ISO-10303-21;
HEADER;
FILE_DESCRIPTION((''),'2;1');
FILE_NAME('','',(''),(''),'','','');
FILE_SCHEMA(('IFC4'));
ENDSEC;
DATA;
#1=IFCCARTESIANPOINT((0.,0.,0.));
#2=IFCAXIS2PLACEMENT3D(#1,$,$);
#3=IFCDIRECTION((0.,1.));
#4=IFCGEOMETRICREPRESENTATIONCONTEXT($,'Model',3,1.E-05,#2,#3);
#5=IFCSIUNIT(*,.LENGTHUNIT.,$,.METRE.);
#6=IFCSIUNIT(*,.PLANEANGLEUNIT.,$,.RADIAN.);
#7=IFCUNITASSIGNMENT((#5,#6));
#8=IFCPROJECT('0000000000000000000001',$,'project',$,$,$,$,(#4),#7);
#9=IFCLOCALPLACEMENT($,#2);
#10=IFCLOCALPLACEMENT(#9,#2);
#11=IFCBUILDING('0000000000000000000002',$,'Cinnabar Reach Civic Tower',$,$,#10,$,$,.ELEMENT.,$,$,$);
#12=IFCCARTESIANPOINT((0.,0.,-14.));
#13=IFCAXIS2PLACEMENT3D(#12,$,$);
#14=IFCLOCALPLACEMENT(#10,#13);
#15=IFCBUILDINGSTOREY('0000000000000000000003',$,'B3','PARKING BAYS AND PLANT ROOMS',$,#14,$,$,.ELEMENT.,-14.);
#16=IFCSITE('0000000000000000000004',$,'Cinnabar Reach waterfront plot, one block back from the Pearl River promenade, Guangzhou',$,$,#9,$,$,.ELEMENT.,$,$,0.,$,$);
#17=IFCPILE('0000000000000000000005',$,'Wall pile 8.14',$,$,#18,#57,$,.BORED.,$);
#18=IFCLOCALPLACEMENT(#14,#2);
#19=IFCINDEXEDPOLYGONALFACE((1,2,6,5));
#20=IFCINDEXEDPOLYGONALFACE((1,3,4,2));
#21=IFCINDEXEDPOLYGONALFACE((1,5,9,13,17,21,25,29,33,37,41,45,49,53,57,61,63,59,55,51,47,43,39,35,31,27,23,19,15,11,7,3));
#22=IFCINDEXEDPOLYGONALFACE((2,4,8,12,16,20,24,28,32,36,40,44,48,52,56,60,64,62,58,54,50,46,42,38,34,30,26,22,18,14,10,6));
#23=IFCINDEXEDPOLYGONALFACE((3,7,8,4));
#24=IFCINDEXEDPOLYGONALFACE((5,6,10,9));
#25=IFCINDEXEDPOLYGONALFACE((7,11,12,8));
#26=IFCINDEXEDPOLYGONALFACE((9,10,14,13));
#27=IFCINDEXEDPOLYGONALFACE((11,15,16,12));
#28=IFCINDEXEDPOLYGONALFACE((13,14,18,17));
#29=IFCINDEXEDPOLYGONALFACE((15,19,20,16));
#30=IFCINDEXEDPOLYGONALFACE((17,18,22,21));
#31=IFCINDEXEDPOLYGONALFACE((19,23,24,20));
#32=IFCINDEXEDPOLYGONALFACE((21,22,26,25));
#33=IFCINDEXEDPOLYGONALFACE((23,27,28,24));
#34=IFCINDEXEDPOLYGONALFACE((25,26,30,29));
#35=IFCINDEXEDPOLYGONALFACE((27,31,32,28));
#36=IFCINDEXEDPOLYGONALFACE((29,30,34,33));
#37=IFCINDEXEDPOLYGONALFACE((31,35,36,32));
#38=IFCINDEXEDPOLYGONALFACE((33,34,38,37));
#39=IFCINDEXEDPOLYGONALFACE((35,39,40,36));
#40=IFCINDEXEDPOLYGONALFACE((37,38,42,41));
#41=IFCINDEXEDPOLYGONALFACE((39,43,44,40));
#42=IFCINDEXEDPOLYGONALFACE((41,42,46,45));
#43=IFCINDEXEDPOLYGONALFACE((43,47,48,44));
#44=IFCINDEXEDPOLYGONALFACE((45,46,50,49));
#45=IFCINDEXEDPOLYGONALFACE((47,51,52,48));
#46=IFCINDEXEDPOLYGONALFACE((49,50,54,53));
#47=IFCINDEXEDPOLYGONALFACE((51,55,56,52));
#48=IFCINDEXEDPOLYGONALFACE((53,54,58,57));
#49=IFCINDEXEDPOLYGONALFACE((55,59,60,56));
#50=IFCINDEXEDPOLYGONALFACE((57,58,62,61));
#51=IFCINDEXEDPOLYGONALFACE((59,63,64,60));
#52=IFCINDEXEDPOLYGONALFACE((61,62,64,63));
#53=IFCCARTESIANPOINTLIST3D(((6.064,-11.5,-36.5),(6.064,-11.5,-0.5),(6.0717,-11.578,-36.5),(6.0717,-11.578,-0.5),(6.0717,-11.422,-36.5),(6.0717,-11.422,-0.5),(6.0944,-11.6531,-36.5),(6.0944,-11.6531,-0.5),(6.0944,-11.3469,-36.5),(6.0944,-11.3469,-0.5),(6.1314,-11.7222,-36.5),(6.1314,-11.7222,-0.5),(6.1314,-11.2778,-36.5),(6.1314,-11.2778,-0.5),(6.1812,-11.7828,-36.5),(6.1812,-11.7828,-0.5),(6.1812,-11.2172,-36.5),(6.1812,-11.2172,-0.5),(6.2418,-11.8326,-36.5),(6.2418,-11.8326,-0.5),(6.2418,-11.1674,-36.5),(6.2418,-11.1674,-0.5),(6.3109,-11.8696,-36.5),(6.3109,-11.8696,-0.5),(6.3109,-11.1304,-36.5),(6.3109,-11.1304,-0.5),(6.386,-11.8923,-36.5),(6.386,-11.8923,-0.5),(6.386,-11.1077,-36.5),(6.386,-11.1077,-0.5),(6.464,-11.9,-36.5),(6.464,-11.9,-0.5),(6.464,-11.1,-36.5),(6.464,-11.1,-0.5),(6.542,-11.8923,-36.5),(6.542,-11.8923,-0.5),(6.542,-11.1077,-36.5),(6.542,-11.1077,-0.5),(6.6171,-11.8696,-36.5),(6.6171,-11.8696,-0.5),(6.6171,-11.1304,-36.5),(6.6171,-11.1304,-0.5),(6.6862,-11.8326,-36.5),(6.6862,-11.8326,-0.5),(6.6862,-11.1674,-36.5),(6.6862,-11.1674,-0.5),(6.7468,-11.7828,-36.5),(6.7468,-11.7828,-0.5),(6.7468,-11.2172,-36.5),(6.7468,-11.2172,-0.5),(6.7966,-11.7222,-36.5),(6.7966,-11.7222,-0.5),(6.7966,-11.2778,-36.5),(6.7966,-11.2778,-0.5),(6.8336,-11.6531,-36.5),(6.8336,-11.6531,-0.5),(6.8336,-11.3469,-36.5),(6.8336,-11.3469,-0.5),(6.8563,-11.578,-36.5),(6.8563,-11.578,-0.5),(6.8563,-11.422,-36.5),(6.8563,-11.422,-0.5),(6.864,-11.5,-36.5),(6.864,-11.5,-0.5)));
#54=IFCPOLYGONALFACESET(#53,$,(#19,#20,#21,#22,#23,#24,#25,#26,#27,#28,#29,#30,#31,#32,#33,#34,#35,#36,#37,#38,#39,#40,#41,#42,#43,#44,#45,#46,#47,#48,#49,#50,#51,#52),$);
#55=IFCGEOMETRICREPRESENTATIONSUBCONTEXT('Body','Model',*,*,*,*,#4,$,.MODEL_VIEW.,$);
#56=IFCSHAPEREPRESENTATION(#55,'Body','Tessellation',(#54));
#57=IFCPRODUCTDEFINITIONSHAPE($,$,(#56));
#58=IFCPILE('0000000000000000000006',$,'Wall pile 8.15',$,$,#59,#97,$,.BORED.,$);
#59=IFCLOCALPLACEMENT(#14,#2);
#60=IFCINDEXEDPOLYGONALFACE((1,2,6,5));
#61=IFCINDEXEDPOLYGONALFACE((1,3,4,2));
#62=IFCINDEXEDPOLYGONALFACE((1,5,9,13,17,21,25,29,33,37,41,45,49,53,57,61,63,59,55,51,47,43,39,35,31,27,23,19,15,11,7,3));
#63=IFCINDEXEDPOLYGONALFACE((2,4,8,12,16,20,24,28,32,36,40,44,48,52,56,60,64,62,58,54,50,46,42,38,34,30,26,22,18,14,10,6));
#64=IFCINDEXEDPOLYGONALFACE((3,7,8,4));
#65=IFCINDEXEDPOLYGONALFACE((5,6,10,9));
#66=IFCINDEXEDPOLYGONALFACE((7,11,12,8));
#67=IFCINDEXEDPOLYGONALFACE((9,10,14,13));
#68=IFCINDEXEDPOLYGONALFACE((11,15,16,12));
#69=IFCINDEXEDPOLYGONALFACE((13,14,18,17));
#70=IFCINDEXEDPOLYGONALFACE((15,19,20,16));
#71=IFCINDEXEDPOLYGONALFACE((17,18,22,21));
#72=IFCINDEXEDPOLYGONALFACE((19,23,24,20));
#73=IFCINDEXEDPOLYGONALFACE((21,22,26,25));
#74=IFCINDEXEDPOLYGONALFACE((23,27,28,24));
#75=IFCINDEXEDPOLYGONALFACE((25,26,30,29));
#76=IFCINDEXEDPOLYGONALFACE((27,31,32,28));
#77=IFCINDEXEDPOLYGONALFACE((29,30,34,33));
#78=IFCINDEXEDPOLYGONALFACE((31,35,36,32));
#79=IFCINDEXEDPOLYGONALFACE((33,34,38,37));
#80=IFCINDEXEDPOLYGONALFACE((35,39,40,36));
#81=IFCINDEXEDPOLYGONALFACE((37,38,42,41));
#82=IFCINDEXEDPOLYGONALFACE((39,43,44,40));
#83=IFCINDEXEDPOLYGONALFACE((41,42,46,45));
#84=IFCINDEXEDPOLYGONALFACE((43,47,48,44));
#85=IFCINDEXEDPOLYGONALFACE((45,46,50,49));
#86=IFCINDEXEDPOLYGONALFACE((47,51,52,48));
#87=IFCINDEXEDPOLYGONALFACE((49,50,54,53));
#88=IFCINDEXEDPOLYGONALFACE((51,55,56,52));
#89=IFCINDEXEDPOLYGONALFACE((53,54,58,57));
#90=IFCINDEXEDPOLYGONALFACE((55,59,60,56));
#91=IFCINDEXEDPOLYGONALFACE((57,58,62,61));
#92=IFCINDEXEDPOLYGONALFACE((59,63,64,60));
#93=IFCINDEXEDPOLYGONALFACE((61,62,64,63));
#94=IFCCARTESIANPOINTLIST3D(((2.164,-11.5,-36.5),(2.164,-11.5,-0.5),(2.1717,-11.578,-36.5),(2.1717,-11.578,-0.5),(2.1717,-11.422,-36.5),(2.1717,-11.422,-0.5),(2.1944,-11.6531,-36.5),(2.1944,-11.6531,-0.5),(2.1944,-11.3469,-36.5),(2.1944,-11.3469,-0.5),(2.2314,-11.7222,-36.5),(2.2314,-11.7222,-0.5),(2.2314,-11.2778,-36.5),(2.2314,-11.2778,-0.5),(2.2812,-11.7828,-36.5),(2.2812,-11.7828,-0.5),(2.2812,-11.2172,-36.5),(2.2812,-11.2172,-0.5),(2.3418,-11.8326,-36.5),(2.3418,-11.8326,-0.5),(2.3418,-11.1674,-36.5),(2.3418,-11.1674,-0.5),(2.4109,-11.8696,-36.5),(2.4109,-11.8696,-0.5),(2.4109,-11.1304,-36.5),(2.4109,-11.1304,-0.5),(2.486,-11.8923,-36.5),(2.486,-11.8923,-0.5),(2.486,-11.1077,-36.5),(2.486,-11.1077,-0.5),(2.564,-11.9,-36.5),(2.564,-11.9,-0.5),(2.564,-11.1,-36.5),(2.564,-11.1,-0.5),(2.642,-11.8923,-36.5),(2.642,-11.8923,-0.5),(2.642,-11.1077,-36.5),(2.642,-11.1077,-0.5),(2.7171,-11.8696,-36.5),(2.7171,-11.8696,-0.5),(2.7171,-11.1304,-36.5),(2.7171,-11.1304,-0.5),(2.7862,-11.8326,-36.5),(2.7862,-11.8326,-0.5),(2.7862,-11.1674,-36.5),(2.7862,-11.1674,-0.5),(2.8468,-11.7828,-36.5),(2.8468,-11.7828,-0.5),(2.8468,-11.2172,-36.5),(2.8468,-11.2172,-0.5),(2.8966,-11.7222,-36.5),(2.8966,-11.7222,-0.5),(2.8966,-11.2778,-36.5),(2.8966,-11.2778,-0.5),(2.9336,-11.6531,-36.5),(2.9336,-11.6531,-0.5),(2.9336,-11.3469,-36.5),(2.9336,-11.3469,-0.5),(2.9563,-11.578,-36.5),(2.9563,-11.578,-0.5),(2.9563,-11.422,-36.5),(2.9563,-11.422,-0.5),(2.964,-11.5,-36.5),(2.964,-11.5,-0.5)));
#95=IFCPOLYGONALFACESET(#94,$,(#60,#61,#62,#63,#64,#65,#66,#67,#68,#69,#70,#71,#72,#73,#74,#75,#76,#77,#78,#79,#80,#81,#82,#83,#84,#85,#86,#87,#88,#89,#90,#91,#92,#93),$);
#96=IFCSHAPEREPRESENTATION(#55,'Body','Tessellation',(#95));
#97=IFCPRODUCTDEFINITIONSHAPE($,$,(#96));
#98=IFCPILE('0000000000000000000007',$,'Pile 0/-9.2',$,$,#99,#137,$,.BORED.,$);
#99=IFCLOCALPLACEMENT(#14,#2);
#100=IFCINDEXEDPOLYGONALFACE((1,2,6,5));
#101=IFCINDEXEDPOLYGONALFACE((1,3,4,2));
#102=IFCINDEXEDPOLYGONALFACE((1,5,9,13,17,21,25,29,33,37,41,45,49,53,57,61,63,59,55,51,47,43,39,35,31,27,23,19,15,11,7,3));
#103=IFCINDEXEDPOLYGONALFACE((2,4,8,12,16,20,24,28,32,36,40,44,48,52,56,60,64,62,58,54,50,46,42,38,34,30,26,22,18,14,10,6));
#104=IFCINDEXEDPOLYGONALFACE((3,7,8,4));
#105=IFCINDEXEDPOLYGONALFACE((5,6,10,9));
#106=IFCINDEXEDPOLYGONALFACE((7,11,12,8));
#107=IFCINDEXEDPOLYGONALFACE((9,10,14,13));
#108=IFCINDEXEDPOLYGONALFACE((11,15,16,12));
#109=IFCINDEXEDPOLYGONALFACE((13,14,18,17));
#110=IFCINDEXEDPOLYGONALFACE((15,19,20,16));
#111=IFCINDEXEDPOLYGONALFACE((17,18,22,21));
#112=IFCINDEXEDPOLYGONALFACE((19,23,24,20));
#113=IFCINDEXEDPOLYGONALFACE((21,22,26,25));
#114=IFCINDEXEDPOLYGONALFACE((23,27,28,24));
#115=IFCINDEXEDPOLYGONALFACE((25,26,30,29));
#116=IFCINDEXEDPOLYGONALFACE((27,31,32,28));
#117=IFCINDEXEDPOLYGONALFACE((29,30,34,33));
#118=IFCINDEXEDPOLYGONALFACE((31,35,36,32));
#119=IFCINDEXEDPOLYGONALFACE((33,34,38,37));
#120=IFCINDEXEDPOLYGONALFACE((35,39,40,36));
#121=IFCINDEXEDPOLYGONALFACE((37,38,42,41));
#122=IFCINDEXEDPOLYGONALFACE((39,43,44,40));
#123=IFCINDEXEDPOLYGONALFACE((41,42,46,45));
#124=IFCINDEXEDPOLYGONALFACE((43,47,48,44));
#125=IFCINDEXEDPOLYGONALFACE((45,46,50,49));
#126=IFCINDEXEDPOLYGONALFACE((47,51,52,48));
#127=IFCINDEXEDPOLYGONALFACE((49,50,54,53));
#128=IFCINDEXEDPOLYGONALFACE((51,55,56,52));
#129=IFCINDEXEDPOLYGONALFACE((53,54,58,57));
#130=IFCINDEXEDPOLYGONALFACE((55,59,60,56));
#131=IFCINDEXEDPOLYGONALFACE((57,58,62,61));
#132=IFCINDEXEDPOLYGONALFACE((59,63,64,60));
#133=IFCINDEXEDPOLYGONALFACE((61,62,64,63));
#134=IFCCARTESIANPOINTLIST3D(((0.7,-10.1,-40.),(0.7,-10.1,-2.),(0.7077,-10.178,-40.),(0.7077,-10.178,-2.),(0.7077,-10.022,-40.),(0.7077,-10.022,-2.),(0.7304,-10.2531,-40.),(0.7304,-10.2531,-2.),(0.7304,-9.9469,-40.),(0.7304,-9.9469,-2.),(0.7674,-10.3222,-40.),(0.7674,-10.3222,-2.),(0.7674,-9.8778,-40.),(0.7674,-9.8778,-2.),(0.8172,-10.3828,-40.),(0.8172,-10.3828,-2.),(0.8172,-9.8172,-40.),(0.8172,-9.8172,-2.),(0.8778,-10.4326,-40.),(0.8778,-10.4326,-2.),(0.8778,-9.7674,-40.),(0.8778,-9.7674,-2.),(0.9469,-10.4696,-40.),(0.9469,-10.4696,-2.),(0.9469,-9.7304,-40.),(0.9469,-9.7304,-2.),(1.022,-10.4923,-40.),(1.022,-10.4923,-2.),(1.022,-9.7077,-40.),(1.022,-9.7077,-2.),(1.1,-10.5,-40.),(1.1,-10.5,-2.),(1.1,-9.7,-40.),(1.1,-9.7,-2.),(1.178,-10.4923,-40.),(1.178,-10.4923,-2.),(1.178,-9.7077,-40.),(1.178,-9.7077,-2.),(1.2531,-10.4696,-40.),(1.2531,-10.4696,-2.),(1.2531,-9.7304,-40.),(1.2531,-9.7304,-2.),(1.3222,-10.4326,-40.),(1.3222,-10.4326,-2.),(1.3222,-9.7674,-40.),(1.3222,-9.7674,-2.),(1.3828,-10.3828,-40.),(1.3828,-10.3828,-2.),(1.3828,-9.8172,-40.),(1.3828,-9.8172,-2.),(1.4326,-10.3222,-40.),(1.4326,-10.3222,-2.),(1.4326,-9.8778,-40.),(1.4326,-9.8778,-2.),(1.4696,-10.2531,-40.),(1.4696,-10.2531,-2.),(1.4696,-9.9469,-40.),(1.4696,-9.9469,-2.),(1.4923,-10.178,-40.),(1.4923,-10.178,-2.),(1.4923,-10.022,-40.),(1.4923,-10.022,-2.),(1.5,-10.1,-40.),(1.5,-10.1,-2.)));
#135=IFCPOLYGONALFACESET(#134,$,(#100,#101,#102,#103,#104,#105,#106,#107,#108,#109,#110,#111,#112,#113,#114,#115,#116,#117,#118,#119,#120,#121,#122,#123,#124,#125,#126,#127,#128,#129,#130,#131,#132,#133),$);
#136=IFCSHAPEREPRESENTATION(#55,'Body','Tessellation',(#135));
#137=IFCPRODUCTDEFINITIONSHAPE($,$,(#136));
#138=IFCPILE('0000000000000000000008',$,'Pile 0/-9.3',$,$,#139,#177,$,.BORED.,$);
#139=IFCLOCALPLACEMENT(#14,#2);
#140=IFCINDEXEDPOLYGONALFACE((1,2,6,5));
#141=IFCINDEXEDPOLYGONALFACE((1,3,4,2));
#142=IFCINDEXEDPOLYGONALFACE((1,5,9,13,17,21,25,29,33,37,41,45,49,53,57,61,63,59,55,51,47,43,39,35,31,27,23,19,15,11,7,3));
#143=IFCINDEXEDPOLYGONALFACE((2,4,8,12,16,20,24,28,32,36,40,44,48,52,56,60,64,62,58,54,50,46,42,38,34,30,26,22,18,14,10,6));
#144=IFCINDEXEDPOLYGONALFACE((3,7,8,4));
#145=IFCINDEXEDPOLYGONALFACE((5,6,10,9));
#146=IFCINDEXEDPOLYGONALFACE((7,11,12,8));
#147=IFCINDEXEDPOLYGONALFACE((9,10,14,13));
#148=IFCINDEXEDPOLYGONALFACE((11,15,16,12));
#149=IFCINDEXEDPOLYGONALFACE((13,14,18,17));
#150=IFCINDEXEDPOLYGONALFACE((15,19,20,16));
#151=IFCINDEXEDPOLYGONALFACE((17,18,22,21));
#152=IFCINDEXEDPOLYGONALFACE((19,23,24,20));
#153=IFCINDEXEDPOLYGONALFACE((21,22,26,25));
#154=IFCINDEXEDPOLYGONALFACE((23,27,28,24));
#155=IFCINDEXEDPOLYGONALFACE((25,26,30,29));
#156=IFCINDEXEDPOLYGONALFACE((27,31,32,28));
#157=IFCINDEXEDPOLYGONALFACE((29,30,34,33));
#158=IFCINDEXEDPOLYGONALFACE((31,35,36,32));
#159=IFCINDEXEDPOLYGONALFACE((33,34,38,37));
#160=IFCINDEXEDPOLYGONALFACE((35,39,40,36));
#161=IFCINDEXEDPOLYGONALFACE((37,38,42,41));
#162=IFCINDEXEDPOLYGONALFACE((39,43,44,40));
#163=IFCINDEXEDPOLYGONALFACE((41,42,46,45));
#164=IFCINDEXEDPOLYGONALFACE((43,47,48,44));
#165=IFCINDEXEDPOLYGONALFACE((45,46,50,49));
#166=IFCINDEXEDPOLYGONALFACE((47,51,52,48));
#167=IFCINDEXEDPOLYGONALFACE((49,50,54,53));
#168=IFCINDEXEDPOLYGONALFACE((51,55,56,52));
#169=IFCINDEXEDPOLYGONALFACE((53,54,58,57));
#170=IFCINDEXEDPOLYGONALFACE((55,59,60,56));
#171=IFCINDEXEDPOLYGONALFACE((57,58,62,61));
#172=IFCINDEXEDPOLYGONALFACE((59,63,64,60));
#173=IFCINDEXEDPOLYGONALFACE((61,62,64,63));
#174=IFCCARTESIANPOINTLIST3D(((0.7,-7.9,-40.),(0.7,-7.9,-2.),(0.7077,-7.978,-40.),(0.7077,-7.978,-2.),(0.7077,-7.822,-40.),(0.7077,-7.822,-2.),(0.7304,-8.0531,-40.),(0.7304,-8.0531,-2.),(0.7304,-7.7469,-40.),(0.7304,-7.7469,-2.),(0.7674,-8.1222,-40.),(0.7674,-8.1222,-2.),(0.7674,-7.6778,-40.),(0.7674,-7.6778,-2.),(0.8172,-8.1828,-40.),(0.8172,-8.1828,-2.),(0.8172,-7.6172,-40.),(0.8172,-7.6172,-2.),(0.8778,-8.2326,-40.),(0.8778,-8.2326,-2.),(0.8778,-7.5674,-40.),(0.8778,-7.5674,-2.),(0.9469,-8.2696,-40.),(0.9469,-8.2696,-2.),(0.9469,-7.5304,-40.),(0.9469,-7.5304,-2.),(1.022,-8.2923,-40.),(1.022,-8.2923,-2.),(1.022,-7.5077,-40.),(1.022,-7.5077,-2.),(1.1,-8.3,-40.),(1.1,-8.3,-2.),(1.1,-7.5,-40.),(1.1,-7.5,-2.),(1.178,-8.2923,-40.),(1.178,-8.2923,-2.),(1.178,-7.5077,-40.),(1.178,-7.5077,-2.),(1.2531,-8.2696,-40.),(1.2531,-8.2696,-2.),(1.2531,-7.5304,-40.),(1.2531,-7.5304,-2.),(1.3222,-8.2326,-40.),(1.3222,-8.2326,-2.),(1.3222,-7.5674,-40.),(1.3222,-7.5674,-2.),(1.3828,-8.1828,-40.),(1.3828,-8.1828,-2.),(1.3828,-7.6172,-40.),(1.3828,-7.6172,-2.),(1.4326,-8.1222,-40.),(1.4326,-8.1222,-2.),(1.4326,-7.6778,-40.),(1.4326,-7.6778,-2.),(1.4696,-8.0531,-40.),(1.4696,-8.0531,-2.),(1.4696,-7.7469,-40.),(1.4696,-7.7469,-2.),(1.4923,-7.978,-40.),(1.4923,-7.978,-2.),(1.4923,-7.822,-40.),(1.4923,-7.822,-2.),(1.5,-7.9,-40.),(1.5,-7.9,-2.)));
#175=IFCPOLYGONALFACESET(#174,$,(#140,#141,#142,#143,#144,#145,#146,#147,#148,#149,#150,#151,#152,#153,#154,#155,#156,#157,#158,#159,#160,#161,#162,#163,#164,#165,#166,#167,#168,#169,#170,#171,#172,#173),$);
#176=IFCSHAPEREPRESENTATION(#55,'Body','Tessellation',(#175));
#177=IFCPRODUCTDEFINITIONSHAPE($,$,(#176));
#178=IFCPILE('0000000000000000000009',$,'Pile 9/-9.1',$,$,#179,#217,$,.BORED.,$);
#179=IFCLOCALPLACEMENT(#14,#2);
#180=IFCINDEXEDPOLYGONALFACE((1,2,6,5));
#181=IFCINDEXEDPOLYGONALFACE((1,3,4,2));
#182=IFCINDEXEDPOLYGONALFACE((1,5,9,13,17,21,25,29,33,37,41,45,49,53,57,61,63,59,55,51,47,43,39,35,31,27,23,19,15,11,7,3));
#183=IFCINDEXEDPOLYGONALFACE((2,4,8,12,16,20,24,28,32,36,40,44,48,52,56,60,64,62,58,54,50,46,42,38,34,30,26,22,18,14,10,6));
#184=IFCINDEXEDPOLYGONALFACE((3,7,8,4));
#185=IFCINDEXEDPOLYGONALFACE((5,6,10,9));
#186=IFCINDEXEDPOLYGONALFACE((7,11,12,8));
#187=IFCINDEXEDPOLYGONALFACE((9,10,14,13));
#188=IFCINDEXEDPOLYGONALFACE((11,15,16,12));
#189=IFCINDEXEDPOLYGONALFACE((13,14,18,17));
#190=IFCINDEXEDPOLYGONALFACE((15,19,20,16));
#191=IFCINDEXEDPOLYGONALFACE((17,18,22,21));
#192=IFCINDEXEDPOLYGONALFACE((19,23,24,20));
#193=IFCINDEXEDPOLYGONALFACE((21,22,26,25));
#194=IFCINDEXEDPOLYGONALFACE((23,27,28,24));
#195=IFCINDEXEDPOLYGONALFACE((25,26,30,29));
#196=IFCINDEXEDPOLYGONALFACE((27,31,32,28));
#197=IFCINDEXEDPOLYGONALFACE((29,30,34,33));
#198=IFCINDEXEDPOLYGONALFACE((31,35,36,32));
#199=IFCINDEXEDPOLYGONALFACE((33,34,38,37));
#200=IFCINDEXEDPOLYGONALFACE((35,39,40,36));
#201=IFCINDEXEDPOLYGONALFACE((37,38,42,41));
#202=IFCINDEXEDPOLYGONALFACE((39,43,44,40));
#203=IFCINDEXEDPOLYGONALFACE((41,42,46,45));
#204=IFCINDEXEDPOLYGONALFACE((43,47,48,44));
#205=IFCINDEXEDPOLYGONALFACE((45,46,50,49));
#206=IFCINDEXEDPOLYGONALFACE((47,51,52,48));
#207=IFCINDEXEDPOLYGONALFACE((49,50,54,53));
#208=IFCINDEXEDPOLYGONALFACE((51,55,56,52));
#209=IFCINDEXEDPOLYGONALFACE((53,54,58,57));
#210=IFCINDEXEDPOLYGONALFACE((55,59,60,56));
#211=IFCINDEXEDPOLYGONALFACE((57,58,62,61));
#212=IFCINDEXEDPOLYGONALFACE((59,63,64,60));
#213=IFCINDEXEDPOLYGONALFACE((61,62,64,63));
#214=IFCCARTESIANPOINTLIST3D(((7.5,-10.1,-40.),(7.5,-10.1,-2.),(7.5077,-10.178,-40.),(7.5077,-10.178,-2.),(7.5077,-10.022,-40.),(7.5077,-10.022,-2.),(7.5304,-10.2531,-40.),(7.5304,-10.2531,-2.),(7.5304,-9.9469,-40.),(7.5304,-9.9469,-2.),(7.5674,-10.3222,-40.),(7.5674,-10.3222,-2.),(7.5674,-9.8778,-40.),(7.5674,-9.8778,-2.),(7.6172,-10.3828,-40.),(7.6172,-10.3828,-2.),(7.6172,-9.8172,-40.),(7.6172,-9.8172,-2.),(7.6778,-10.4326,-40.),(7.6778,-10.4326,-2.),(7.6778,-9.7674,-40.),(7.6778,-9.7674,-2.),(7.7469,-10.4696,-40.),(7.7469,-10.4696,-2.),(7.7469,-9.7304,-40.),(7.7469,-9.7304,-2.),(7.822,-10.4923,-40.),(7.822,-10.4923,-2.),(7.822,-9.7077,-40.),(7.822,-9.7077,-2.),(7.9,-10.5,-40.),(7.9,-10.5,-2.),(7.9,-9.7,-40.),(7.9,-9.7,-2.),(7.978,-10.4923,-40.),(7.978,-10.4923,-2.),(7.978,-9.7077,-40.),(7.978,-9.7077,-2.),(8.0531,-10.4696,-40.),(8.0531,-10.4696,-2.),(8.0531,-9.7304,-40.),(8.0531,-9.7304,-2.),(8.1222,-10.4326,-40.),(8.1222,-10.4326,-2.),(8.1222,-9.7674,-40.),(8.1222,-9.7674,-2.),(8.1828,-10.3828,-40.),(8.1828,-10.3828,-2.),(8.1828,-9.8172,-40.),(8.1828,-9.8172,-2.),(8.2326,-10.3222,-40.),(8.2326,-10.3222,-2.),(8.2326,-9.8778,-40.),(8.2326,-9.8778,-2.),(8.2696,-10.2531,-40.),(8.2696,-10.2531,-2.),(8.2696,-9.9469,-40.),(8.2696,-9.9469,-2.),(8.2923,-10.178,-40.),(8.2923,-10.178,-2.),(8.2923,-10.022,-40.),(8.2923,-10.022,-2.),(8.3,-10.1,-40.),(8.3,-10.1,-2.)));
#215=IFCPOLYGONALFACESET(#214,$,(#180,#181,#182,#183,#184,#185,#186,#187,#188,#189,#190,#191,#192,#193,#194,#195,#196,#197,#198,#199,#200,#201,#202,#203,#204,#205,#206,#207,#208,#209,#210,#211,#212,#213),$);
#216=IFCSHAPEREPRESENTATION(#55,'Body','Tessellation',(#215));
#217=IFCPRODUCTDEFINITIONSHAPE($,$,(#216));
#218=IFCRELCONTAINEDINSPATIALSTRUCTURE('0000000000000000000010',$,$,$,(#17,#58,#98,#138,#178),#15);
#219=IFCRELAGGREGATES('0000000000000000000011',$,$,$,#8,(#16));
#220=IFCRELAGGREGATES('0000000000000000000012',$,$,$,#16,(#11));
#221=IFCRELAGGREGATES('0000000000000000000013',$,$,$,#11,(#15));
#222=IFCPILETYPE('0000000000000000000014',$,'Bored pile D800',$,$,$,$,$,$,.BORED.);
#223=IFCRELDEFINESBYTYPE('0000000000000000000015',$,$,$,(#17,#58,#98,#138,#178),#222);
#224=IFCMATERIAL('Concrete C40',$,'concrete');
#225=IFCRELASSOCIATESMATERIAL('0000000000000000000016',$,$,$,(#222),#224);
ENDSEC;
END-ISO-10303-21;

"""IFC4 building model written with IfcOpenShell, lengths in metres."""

from ifc_helpers import new_model, si_unit, direction, frame, origin, origin_2d, place, context, subcontext, project, spatial, circle, extrude, material, type_object, element, save


model = new_model("IFC4")

# Units and contexts
model_context = context("Model", 3, precision=1e-05, world=origin(), true_north=direction((0.0, 1.0)))
body_context = subcontext(model_context, "Body", "Model", "MODEL_VIEW")
ifc_project = project(units=[si_unit("LENGTHUNIT", "METRE"), si_unit("PLANEANGLEUNIT", "RADIAN")], contexts=[model_context])

# Site, building, storey
site_placement = place(None, origin())
site = spatial("IfcSite", under=ifc_project, at=site_placement, Name="Cinnabar Reach waterfront plot, one block back from the Pearl River promenade, Guangzhou", CompositionType="ELEMENT", RefElevation=0.0)
building_placement = place(site_placement, origin())
building = spatial("IfcBuilding", under=site, at=building_placement, Name="Cinnabar Reach Civic Tower", CompositionType="ELEMENT")
storey_placement = place(building_placement, frame((0.0, 0.0, -14.0)))
storey = spatial("IfcBuildingStorey", under=building, at=storey_placement, Name="B3", Description="PARKING BAYS AND PLANT ROOMS", CompositionType="ELEMENT", Elevation=-14.0)

# Piles
ifc_material_1 = material(Name="Concrete C40", Category="concrete")
pile_type = type_object("IfcPileType", Name="Bored pile D800", PredefinedType="BORED", material=ifc_material_1)
for number, where, z_axis, x_axis, name in (
    (1, (6.464, -11.5, -0.5), (0.0, 0.0, -1.0), (1.0, 0.0, 0.0), "Wall pile 8.14"),
    (2, (2.564, -11.5, -0.5), (0.0, 0.0, -1.0), (1.0, 0.0, 0.0), "Wall pile 8.15"),
):
    element("IfcPile", number, at=place(storey_placement, frame(where, z_axis=z_axis, x_axis=x_axis)), inside=storey, type_object=pile_type, Name=name, PredefinedType="BORED", context=body_context, shape_type="SweptSolid", body=[
        extrude(circle(Radius=0.4, at=origin_2d()), origin(), (0.0, 0.0, 1.0), 36.0),
    ])
for number, where, z_axis, x_axis, name in (
    (3, (1.1, -10.1, -2.0), (0.0, 0.0, -1.0), (1.0, 0.0, 0.0), "Pile 0/-9.2"),
    (4, (1.1, -7.9, -2.0), (0.0, 0.0, -1.0), (1.0, 0.0, 0.0), "Pile 0/-9.3"),
    (5, (7.9, -10.1, -2.0), (0.0, 0.0, -1.0), (1.0, 0.0, 0.0), "Pile 9/-9.1"),
):
    element("IfcPile", number, at=place(storey_placement, frame(where, z_axis=z_axis, x_axis=x_axis)), inside=storey, type_object=pile_type, Name=name, PredefinedType="BORED", context=body_context, shape_type="SweptSolid", body=[
        extrude(circle(Radius=0.4, at=origin_2d()), origin(), (0.0, 0.0, 1.0), 38.0),
    ])

save(model, "model.ifc")
